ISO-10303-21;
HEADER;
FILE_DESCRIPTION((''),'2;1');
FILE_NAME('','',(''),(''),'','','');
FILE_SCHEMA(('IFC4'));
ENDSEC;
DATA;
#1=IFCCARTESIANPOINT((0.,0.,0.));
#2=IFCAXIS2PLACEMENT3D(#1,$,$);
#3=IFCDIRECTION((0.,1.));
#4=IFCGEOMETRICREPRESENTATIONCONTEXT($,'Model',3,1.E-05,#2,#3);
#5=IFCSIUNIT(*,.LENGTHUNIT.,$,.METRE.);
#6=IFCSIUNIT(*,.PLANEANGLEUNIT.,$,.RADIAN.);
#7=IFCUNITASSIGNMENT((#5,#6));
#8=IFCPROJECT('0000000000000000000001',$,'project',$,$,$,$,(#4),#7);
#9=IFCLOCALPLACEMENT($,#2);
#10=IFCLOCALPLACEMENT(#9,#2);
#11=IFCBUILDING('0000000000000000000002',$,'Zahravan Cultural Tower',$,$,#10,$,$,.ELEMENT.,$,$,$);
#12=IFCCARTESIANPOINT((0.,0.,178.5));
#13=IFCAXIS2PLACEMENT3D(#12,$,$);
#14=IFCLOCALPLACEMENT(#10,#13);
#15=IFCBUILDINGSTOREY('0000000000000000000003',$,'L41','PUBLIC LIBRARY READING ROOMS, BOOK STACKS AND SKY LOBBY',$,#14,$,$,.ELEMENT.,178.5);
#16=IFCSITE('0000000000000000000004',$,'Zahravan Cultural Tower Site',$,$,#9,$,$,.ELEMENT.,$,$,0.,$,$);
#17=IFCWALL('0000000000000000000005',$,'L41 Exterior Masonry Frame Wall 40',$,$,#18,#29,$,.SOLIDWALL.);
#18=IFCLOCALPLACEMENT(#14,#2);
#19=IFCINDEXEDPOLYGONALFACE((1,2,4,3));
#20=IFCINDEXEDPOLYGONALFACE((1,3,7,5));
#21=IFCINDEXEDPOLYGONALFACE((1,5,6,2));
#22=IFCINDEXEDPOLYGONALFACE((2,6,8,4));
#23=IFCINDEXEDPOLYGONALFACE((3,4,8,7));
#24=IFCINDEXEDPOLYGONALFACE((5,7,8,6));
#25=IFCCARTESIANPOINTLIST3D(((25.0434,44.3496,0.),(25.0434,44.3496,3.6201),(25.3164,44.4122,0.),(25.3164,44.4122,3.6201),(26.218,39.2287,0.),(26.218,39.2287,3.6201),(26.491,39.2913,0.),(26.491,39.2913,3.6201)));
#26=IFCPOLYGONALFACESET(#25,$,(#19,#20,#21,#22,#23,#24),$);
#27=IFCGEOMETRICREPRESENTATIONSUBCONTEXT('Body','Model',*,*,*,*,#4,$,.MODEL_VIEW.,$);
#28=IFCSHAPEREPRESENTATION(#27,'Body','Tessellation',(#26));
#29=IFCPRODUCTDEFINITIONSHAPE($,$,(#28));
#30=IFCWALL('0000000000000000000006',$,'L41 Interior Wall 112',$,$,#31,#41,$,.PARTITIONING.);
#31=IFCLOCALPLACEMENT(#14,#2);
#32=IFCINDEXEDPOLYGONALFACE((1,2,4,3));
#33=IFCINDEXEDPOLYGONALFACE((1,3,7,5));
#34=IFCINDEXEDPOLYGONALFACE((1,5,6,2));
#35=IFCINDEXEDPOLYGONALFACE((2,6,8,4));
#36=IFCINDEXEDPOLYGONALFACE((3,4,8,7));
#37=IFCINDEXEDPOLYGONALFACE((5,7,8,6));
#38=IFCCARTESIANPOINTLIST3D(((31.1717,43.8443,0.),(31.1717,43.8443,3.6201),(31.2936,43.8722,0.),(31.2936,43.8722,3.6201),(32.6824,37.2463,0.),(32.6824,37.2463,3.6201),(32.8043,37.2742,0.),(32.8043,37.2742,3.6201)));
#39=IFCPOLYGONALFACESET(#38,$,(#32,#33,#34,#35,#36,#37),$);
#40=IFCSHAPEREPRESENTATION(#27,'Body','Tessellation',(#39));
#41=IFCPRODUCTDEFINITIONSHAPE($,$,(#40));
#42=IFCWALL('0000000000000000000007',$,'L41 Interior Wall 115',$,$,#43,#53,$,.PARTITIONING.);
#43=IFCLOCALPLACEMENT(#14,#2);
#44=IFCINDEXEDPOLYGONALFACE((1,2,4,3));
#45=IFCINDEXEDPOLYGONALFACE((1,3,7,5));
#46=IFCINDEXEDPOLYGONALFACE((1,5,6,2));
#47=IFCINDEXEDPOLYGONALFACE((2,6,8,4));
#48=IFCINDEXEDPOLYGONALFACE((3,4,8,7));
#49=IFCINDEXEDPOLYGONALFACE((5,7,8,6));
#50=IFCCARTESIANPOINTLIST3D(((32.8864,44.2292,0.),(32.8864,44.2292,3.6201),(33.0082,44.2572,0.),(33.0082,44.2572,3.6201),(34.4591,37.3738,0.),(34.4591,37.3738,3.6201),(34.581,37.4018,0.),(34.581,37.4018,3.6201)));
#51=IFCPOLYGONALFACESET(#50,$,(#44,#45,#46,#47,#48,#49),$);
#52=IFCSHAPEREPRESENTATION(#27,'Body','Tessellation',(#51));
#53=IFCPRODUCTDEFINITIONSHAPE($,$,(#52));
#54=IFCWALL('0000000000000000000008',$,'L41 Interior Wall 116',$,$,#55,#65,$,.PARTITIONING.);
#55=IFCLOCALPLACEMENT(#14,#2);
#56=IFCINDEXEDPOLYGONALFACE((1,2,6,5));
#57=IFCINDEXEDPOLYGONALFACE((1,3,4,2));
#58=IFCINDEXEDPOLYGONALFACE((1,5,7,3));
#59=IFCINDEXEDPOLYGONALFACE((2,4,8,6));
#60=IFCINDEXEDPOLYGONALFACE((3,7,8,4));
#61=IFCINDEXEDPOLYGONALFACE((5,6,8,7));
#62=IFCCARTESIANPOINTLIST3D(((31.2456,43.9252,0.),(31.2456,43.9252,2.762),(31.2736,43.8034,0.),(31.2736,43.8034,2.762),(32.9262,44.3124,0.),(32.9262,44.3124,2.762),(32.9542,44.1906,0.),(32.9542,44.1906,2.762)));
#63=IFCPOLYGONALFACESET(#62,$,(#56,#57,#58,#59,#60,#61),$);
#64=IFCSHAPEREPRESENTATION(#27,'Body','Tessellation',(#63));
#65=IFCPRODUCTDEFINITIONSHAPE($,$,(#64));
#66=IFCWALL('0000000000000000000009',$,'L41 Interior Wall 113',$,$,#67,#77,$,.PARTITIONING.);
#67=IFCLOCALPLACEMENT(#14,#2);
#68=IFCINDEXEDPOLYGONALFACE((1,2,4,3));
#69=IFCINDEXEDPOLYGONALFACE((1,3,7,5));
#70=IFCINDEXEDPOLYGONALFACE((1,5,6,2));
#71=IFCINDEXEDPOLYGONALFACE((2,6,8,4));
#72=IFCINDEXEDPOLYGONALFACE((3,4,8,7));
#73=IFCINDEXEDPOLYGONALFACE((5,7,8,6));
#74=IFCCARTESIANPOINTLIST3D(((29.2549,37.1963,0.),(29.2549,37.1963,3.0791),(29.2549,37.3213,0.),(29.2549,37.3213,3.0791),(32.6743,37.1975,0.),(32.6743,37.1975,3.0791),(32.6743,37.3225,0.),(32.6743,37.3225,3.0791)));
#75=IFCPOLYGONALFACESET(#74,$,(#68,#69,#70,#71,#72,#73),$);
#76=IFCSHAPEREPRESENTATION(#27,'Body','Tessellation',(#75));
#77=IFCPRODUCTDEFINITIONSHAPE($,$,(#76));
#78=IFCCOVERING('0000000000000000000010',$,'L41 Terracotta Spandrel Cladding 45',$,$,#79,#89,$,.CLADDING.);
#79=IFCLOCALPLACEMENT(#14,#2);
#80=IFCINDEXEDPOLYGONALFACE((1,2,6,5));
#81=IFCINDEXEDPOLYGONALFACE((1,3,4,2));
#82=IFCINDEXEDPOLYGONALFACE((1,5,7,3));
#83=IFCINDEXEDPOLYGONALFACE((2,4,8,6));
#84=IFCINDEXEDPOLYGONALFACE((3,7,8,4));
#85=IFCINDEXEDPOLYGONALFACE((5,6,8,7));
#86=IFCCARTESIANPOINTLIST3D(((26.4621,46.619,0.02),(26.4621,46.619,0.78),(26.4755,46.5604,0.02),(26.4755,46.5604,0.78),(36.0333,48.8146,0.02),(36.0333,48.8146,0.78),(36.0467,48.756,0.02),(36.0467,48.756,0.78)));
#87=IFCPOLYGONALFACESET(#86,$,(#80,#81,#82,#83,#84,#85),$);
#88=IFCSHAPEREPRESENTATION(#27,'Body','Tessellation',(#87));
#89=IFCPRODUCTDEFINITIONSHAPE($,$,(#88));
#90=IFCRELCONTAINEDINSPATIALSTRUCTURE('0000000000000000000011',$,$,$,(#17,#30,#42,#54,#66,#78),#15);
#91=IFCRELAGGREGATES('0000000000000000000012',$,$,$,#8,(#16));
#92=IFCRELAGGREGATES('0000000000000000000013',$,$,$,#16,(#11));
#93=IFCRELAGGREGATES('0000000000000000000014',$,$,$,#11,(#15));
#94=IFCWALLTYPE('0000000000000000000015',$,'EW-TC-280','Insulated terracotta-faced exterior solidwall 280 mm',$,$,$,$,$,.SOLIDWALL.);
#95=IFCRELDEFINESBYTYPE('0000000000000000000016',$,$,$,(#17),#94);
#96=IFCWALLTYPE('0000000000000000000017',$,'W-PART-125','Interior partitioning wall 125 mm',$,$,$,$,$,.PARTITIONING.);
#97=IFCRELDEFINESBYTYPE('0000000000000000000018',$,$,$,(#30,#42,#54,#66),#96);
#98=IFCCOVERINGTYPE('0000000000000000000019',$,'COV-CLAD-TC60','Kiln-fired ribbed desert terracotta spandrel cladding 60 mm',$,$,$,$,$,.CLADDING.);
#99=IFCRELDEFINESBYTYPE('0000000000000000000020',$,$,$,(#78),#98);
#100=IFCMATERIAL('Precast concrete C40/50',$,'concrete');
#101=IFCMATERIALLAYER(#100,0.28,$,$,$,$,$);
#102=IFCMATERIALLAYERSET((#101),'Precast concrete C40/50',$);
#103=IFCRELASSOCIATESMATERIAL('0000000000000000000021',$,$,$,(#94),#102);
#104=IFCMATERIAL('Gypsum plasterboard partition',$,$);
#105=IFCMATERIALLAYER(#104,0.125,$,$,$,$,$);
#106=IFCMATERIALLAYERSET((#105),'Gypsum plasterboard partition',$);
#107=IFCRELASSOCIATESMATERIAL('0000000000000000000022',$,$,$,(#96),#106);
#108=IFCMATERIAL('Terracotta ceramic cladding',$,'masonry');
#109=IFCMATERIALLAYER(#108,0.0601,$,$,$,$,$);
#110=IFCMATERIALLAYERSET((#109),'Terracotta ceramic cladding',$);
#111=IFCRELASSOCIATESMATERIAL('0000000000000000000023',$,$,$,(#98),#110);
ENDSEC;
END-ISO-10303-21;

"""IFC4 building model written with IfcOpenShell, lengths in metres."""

from ifc_helpers import new_model, si_unit, direction, frame, frame_2d, origin, origin_2d, place, context, subcontext, project, spatial, rectangle, extrude, source, transform, mapped, material, layer, layer_set, type_object, element, save


model = new_model("IFC4")

# Units and contexts
model_context = context("Model", 3, precision=1e-05, world=origin(), true_north=direction((0.0, 1.0)))
body_context = subcontext(model_context, "Body", "Model", "MODEL_VIEW")
ifc_project = project(units=[si_unit("LENGTHUNIT", "METRE"), si_unit("PLANEANGLEUNIT", "RADIAN")], contexts=[model_context])

# Site, building, storey
site_placement = place(None, origin())
site = spatial("IfcSite", under=ifc_project, at=site_placement, Name="Zahravan Cultural Tower Site", CompositionType="ELEMENT", RefElevation=0.0)
building_placement = place(site_placement, origin())
building = spatial("IfcBuilding", under=site, at=building_placement, Name="Zahravan Cultural Tower", CompositionType="ELEMENT")
storey_placement = place(building_placement, frame((0.0, 0.0, 178.5)))
storey = spatial("IfcBuildingStorey", under=building, at=storey_placement, Name="L41", Description="PUBLIC LIBRARY READING ROOMS, BOOK STACKS AND SKY LOBBY", CompositionType="ELEMENT", Elevation=178.5)

# Walls
ifc_material_1 = material(Name="Precast concrete C40/50", Category="concrete")
ifc_layer_1 = layer(ifc_material_1, 0.28)
ifc_layer_set_1 = layer_set([ifc_layer_1], Name="Precast concrete C40/50")
wall_type_1 = type_object("IfcWallType", Name="EW-TC-280", Description="Insulated terracotta-faced exterior solidwall 280 mm", PredefinedType="SOLIDWALL", material=ifc_layer_set_1)
shared_shape_1 = source(origin(), body_context, "Body", "SweptSolid", [
    extrude(rectangle(XDim=5.2539, YDim=0.28, at=frame_2d((2.627, 0.0))), origin(), (0.0, 0.0, 1.0), 3.6201),
])
wall_1_placement = place(storey_placement, frame((26.3545, 39.26, 0.0), z_axis=(0.0, 0.0, 1.0), x_axis=(-0.223563, 0.97469, 0.0)))
element("IfcWall", 1, at=wall_1_placement, inside=storey, type_object=wall_type_1, Name="L41 Exterior Masonry Frame Wall 40", PredefinedType="SOLIDWALL", context=body_context, shape_type="MappedRepresentation", body=[
    mapped(shared_shape_1, transform((0.0, 0.0, 0.0), x_axis=(1.0, 0.0, 0.0), y_axis=(0.0, 1.0, 0.0), z_axis=(0.0, 0.0, 1.0), scale=1.0)),
])
ifc_material_2 = material(Name="Gypsum plasterboard partition")
ifc_layer_2 = layer(ifc_material_2, 0.125)
ifc_layer_set_2 = layer_set([ifc_layer_2], Name="Gypsum plasterboard partition")
wall_type_2 = type_object("IfcWallType", Name="W-PART-125", Description="Interior partitioning wall 125 mm", PredefinedType="PARTITIONING", material=ifc_layer_set_2)
shared_shape_2 = source(origin(), body_context, "Body", "SweptSolid", [
    extrude(rectangle(XDim=6.7688, YDim=0.125, at=frame_2d((3.3843, 0.0))), origin(), (0.0, 0.0, 1.0), 3.6201),
])
wall_2_placement = place(storey_placement, frame((31.2327, 43.8582, 0.0), z_axis=(0.0, 0.0, 1.0), x_axis=(0.223189, -0.974775, 0.0)))
element("IfcWall", 2, at=wall_2_placement, inside=storey, type_object=wall_type_2, Name="L41 Interior Wall 112", PredefinedType="PARTITIONING", context=body_context, shape_type="MappedRepresentation", body=[
    mapped(shared_shape_2, transform((0.0, 0.0, 0.0), x_axis=(1.0, 0.0, 0.0), y_axis=(0.0, 1.0, 0.0), z_axis=(0.0, 0.0, 1.0), scale=1.0)),
])
shared_shape_3 = source(origin(), body_context, "Body", "SweptSolid", [
    extrude(rectangle(XDim=7.0334, YDim=0.125, at=frame_2d((3.5166, 0.0))), origin(), (0.0, 0.0, 1.0), 3.6201),
])
wall_3_placement = place(storey_placement, frame((34.52, 37.3879, 0.0), z_axis=(0.0, 0.0, 1.0), x_axis=(-0.223607, 0.974679, 0.0)))
element("IfcWall", 3, at=wall_3_placement, inside=storey, type_object=wall_type_2, Name="L41 Interior Wall 115", PredefinedType="PARTITIONING", context=body_context, shape_type="MappedRepresentation", body=[
    mapped(shared_shape_3, transform((0.0, 0.0, 0.0), x_axis=(1.0, 0.0, 0.0), y_axis=(0.0, 1.0, 0.0), z_axis=(0.0, 0.0, 1.0), scale=1.0)),
])
shared_shape_4 = source(origin(), body_context, "Body", "SweptSolid", [
    extrude(rectangle(XDim=1.7246, YDim=0.125, at=frame_2d((0.8623, 0.0))), origin(), (0.0, 0.0, 1.0), 2.762),
])
wall_4_placement = place(storey_placement, frame((32.9402, 44.2515, 0.0), z_axis=(0.0, 0.0, 1.0), x_axis=(-0.974472, -0.224508, 0.0)))
element("IfcWall", 4, at=wall_4_placement, inside=storey, type_object=wall_type_2, Name="L41 Interior Wall 116", PredefinedType="PARTITIONING", context=body_context, shape_type="MappedRepresentation", body=[
    mapped(shared_shape_4, transform((0.0, 0.0, 0.0), x_axis=(1.0, 0.0, 0.0), y_axis=(0.0, 1.0, 0.0), z_axis=(0.0, 0.0, 1.0), scale=1.0)),
])
shared_shape_5 = source(origin(), body_context, "Body", "SweptSolid", [
    extrude(rectangle(XDim=3.4194, YDim=0.125, at=frame_2d((1.7097, 0.0))), origin(), (0.0, 0.0, 1.0), 3.0791),
])
wall_5_placement = place(storey_placement, frame((32.6743, 37.26, 0.0), z_axis=(0.0, 0.0, 1.0), x_axis=(-1.0, -0.000357, 0.0)))
element("IfcWall", 5, at=wall_5_placement, inside=storey, type_object=wall_type_2, Name="L41 Interior Wall 113", PredefinedType="PARTITIONING", context=body_context, shape_type="MappedRepresentation", body=[
    mapped(shared_shape_5, transform((0.0, 0.0, 0.0), x_axis=(1.0, 0.0, 0.0), y_axis=(0.0, 1.0, 0.0), z_axis=(0.0, 0.0, 1.0), scale=1.0)),
])

# Covering
ifc_material_3 = material(Name="Terracotta ceramic cladding", Category="masonry")
ifc_layer_3 = layer(ifc_material_3, 0.0601)
ifc_layer_set_3 = layer_set([ifc_layer_3], Name="Terracotta ceramic cladding")
covering_type = type_object("IfcCoveringType", Name="COV-CLAD-TC60", Description="Kiln-fired ribbed desert terracotta spandrel cladding 60 mm", PredefinedType="CLADDING", material=ifc_layer_set_3)
shared_shape_6 = source(origin(), body_context, "Body", "SweptSolid", [
    extrude(rectangle(XDim=9.8198, YDim=0.0601, at=origin_2d()), origin(), (0.0, 0.0, 1.0), 0.76),
])
covering_placement = place(storey_placement, frame((31.2544, 47.6875, 0.02), z_axis=(0.0, 0.0, 1.0), x_axis=(0.974683, 0.22359, 0.0)))
element("IfcCovering", 6, at=covering_placement, inside=storey, type_object=covering_type, Name="L41 Terracotta Spandrel Cladding 45", PredefinedType="CLADDING", context=body_context, shape_type="MappedRepresentation", body=[
    mapped(shared_shape_6, transform((0.0, 0.0, 0.0), x_axis=(1.0, 0.0, 0.0), y_axis=(0.0, 1.0, 0.0), z_axis=(0.0, 0.0, 1.0), scale=1.0)),
])

save(model, "model.ifc")
